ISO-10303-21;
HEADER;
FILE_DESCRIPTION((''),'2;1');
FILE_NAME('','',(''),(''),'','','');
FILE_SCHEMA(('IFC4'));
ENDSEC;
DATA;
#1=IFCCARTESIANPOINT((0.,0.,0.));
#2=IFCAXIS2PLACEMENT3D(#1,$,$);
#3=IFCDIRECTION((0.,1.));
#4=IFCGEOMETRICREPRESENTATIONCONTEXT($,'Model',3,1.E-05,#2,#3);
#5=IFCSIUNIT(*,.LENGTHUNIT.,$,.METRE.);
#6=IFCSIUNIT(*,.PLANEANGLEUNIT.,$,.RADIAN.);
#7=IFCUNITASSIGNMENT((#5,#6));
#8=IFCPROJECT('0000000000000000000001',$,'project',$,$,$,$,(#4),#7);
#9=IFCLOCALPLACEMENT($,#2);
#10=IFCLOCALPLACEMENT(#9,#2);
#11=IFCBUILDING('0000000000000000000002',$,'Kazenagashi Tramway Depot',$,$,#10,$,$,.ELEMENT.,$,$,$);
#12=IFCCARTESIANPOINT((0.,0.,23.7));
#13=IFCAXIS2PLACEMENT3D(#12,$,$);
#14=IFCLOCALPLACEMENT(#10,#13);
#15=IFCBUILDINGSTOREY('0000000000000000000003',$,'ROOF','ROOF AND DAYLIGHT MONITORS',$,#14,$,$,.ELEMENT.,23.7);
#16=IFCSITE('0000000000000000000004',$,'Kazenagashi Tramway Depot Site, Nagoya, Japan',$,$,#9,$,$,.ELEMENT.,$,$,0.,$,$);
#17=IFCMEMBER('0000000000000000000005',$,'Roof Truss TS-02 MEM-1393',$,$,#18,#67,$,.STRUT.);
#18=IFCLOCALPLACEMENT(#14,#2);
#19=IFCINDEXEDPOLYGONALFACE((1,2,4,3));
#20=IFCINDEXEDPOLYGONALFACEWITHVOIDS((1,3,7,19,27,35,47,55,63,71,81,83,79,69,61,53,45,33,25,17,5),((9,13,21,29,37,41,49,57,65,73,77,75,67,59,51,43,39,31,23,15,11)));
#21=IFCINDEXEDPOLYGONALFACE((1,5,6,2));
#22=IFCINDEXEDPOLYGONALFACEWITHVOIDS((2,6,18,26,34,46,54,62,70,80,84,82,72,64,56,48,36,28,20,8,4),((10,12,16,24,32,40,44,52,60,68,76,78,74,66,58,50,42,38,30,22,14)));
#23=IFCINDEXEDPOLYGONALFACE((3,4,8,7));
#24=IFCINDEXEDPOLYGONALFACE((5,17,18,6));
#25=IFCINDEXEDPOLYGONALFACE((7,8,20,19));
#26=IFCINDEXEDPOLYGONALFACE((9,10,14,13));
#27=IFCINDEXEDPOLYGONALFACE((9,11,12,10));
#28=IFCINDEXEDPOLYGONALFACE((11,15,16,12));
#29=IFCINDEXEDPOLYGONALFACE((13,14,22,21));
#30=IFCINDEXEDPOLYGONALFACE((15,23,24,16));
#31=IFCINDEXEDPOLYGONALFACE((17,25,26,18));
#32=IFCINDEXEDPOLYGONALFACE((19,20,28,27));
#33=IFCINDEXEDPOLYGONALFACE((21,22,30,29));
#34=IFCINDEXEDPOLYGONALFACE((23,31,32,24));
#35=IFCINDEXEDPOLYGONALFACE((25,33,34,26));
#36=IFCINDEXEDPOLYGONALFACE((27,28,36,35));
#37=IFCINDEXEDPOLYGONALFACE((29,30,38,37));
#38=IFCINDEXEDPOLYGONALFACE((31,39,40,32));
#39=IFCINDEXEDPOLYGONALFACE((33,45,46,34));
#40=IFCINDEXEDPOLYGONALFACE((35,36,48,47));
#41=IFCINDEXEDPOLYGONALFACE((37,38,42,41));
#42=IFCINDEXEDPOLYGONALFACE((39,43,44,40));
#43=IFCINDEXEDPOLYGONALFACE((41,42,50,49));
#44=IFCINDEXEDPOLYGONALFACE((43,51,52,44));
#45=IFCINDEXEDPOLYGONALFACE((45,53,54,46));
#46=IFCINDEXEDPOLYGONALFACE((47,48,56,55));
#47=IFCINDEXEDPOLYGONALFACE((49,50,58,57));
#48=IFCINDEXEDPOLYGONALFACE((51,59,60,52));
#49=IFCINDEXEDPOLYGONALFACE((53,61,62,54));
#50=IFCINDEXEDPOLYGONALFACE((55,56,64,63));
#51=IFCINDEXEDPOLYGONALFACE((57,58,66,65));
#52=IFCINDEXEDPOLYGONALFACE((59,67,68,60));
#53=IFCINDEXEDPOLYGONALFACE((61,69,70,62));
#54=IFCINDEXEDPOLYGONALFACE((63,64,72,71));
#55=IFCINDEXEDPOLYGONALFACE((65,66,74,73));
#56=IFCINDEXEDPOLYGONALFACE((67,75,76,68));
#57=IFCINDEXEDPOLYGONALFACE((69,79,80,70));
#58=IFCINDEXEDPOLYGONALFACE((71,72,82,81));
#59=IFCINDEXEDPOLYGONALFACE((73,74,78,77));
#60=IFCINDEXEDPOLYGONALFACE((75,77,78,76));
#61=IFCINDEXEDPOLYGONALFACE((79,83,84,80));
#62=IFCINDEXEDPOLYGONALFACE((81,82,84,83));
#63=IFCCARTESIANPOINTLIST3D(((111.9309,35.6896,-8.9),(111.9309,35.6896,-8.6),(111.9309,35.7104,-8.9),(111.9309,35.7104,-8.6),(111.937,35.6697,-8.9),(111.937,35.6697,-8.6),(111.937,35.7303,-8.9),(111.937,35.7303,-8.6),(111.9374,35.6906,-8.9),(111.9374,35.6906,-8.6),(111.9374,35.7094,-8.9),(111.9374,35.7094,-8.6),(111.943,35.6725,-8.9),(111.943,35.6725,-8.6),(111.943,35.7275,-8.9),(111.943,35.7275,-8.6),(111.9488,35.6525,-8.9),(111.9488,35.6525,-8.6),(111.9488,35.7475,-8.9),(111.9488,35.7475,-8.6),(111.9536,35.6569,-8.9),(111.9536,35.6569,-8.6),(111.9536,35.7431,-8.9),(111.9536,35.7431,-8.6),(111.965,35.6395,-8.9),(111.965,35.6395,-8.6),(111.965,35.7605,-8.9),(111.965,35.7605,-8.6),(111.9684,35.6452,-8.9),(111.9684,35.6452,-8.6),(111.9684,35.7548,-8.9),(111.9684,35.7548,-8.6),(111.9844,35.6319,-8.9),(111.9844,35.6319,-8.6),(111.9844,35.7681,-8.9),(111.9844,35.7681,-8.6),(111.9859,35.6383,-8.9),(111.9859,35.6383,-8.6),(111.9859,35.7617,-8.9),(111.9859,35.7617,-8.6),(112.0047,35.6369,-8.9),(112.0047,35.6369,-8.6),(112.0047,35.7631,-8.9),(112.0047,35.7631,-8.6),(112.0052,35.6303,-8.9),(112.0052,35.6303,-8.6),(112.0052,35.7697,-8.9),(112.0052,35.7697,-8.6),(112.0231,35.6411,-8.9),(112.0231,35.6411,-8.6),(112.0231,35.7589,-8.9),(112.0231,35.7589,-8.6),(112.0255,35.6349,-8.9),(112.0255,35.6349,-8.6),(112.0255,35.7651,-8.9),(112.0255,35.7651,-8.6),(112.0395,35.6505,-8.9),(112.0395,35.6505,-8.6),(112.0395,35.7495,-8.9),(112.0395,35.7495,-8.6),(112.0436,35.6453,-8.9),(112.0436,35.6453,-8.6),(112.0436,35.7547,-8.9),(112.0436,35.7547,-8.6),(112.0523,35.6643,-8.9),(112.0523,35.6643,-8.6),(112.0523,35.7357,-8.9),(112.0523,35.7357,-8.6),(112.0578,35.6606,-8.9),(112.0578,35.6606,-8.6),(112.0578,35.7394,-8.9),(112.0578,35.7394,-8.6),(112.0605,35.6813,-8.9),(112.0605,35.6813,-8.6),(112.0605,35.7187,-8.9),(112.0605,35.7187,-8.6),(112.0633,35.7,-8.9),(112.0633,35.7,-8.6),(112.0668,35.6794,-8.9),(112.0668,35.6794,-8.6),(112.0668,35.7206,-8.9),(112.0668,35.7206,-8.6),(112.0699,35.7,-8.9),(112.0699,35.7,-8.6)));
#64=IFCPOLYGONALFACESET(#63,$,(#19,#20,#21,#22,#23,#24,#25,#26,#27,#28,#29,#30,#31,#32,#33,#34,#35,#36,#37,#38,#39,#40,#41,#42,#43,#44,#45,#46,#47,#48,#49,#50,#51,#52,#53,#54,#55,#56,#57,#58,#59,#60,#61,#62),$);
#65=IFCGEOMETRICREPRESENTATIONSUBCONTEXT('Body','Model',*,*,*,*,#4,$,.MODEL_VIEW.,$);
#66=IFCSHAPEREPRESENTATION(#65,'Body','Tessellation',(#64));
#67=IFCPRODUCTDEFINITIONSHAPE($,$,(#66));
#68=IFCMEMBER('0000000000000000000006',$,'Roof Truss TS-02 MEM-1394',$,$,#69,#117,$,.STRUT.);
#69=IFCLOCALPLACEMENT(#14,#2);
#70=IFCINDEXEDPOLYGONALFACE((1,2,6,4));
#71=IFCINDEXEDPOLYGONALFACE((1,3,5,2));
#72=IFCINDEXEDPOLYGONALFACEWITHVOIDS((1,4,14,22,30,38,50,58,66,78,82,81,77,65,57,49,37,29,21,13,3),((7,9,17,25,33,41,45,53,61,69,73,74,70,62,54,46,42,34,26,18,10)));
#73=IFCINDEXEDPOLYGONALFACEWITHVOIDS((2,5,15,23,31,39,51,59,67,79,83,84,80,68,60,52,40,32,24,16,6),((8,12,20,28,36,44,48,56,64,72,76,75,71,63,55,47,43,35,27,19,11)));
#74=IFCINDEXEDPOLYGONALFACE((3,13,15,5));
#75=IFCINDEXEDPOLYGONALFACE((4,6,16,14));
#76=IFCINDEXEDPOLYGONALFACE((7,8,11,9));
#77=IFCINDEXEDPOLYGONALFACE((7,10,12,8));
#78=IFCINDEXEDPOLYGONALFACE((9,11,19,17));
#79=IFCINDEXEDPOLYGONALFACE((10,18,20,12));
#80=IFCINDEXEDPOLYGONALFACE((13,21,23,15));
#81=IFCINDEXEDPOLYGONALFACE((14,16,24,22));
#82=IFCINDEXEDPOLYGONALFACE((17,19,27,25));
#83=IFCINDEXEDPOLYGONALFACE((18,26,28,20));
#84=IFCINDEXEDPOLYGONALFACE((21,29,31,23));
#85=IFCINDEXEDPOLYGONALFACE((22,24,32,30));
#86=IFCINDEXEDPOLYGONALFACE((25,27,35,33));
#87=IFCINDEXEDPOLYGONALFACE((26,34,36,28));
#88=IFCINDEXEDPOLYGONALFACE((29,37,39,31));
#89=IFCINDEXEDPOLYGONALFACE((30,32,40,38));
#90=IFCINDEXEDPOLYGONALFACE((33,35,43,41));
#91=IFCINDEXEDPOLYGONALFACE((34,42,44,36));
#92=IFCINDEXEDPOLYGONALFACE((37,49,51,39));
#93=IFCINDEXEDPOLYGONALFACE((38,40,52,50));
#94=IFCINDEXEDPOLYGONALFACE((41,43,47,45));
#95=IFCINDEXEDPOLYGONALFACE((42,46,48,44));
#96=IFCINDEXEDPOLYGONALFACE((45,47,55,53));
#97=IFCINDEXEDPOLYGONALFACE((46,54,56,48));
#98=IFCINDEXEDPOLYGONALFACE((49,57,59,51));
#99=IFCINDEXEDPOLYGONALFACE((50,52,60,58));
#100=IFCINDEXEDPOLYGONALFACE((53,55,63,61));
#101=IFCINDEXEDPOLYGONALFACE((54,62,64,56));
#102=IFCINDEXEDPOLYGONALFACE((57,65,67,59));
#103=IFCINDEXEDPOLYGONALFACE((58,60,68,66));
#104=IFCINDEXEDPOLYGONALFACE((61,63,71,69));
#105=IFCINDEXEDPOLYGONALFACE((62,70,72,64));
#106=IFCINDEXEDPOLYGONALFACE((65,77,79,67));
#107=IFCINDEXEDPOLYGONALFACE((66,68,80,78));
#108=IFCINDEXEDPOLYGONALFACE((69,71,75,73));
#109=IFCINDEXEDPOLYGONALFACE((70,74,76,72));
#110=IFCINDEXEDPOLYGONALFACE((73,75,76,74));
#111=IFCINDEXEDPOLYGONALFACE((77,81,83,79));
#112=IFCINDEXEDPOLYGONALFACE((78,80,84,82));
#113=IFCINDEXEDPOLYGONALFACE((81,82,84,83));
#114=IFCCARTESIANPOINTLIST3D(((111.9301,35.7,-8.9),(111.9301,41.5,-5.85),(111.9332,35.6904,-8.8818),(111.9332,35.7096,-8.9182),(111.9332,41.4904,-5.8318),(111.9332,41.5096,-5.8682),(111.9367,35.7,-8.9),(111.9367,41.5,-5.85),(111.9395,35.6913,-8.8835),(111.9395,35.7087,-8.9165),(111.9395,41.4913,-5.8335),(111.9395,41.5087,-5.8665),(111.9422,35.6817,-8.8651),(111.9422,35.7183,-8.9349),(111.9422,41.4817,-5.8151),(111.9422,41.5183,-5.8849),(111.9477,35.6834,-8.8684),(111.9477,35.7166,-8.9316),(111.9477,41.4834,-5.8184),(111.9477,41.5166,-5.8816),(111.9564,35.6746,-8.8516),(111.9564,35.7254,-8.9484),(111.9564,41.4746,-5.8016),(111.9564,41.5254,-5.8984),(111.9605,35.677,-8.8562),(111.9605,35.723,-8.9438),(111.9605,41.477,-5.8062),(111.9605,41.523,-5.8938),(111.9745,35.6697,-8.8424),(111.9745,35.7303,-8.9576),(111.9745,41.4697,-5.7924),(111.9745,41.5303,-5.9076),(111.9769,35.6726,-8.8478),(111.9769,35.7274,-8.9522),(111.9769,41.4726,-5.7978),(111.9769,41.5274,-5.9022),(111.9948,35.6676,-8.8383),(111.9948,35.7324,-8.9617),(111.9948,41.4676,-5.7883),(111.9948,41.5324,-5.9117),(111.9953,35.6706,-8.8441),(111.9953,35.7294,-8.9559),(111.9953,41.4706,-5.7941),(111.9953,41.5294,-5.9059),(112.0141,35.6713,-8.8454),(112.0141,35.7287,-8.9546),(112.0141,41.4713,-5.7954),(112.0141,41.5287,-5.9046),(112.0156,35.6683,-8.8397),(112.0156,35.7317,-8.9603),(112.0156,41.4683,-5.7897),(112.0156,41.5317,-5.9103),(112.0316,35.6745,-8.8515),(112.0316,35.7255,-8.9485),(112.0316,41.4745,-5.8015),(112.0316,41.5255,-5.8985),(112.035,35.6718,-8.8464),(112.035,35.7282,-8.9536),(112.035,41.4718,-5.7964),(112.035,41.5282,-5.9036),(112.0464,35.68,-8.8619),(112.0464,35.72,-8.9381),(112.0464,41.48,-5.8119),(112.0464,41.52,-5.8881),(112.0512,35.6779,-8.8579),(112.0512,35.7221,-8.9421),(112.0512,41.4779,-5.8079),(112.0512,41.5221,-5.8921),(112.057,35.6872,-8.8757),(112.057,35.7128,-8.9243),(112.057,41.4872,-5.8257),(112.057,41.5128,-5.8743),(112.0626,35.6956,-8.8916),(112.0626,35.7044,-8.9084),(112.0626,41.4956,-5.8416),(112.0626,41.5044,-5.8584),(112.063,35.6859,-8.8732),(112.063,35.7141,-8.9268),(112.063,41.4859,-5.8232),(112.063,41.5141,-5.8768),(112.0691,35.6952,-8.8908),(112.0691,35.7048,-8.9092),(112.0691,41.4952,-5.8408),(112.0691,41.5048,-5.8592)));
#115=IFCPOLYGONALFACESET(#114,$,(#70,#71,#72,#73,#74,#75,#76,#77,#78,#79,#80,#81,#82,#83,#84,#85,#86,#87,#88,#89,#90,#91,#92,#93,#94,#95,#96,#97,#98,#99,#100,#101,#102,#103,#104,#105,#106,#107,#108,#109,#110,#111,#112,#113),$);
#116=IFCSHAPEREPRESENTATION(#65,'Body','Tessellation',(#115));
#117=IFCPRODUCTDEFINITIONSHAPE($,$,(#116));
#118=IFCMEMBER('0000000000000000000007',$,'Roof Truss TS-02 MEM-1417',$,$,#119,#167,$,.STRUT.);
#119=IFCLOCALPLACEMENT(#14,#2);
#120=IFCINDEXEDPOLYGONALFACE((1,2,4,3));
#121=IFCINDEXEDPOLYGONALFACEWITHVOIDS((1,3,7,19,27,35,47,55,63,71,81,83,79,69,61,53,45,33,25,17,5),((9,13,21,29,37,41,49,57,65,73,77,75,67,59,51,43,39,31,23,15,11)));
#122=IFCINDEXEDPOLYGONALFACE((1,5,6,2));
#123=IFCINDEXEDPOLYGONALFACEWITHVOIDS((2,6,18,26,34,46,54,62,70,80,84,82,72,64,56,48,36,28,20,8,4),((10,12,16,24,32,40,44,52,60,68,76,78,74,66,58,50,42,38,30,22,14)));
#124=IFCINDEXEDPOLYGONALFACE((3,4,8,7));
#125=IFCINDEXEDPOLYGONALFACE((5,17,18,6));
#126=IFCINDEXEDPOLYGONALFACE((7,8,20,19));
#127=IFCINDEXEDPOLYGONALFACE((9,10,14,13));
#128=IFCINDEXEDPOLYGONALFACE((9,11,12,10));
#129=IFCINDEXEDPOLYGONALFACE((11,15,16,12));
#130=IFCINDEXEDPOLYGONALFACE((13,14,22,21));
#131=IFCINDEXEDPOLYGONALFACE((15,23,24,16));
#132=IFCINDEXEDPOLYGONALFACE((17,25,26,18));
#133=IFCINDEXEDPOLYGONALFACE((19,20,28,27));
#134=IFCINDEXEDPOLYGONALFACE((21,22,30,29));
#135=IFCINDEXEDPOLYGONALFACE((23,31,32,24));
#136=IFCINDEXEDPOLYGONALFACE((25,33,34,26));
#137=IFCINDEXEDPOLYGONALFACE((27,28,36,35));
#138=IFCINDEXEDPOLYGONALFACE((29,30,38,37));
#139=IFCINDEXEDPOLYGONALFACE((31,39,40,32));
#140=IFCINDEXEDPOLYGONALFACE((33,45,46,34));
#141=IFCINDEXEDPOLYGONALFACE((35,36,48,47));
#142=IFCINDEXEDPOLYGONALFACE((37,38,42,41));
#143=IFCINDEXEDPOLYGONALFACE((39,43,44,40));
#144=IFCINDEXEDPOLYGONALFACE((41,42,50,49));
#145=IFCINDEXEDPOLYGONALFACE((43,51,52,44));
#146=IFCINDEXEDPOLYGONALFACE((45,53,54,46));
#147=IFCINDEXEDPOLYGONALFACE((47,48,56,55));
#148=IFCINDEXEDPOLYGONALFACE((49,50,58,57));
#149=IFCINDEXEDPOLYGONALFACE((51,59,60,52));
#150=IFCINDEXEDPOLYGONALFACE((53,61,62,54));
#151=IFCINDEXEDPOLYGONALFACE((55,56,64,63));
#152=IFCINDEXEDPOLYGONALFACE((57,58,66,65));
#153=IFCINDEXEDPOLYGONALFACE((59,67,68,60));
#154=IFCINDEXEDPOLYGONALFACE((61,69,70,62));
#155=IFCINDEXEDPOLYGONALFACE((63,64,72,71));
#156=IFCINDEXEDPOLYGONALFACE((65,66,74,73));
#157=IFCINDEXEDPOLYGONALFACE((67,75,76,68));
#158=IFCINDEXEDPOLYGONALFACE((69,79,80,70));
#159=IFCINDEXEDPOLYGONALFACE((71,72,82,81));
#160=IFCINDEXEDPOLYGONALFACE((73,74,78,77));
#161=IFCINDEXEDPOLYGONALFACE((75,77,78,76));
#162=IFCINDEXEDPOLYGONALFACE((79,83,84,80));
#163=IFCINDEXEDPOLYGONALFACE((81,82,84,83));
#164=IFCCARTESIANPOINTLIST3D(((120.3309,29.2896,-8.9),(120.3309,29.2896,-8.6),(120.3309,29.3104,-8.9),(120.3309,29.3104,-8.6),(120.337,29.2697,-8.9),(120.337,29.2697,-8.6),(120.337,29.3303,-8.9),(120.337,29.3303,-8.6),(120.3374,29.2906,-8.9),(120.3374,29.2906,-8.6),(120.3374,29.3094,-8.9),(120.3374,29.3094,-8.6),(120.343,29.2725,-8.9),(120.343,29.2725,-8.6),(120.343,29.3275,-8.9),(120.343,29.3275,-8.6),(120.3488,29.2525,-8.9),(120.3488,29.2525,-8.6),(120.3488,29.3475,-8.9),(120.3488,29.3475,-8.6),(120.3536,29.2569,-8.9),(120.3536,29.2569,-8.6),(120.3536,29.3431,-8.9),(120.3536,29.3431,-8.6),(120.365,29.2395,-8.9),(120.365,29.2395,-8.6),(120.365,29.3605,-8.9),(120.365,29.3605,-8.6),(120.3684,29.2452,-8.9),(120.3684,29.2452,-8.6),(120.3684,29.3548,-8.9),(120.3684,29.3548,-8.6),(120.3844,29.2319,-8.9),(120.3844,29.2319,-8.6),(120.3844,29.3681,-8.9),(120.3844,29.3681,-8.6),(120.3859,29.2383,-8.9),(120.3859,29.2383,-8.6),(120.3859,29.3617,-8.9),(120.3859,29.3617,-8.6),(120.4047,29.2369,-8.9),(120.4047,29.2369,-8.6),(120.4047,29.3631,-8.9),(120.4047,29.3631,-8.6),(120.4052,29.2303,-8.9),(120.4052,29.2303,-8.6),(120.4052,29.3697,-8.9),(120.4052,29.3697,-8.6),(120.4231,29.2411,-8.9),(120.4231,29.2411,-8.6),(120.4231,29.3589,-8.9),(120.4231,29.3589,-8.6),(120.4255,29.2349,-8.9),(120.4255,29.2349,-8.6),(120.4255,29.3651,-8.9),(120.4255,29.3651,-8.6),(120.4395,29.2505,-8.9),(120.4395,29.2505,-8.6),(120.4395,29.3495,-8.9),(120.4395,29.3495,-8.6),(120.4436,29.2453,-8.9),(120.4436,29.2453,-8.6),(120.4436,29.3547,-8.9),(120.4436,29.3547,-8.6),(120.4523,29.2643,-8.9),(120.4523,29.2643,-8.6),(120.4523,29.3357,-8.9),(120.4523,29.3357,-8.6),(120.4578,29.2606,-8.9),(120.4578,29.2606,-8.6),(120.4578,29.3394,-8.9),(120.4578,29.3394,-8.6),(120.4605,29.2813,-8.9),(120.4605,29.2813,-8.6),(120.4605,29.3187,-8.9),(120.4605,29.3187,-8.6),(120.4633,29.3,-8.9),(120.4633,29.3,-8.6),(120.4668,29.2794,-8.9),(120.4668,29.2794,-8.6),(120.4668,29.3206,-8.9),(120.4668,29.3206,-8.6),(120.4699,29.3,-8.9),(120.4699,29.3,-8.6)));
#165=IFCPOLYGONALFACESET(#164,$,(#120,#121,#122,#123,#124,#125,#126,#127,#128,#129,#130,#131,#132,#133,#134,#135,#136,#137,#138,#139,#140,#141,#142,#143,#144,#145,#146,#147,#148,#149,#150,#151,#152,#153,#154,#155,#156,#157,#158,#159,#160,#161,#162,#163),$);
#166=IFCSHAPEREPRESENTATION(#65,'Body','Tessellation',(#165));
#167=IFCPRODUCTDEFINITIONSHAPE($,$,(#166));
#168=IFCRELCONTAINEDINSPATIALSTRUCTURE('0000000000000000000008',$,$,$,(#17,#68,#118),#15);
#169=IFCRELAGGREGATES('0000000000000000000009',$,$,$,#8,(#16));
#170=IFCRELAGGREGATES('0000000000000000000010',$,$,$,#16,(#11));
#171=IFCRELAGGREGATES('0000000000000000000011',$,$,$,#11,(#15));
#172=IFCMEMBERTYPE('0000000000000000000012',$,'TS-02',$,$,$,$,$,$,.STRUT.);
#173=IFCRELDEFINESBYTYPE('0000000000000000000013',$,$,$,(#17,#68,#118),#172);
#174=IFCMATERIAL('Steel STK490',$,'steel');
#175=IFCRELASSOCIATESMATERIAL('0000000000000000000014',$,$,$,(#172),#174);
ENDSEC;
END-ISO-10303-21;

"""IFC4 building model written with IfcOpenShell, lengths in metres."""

from ifc_helpers import new_model, si_unit, direction, frame, origin, origin_2d, place, context, subcontext, project, spatial, hollow_circle, extrude, material, material_profile, profile_set, type_object, element, save


model = new_model("IFC4")

# Units and contexts
model_context = context("Model", 3, precision=1e-05, world=origin(), true_north=direction((0.0, 1.0)))
body_context = subcontext(model_context, "Body", "Model", "MODEL_VIEW")
ifc_project = project(units=[si_unit("LENGTHUNIT", "METRE"), si_unit("PLANEANGLEUNIT", "RADIAN")], contexts=[model_context])

# Site, building, storey
site_placement = place(None, origin())
site = spatial("IfcSite", under=ifc_project, at=site_placement, Name="Kazenagashi Tramway Depot Site, Nagoya, Japan", CompositionType="ELEMENT", RefElevation=0.0)
building_placement = place(site_placement, origin())
building = spatial("IfcBuilding", under=site, at=building_placement, Name="Kazenagashi Tramway Depot", CompositionType="ELEMENT")
storey_placement = place(building_placement, frame((0.0, 0.0, 23.7)))
storey = spatial("IfcBuildingStorey", under=building, at=storey_placement, Name="ROOF", Description="ROOF AND DAYLIGHT MONITORS", CompositionType="ELEMENT", Elevation=23.7)

# Members
ifc_material_1 = material(Name="Steel STK490", Category="steel")
ifc_material_profile_1 = material_profile(ifc_material_1, hollow_circle(Radius=0.0699, WallThickness=0.0066, at=origin_2d()), Name="CHS-139.8x6.6")
ifc_profile_set_1 = profile_set([ifc_material_profile_1], Name="Steel STK490")
member_type_1 = type_object("IfcMemberType", Name="TS-02", PredefinedType="STRUT", material=ifc_profile_set_1)
member_1_placement = place(storey_placement, frame((112.0, 35.7, -8.9), z_axis=(0.0, 0.0, 1.0), x_axis=(1.0, 0.0, 0.0)))
element("IfcMember", 1, at=member_1_placement, inside=storey, type_object=member_type_1, Name="Roof Truss TS-02 MEM-1393", PredefinedType="STRUT", context=body_context, shape_type="SweptSolid", body=[
    extrude(hollow_circle(Radius=0.0699, WallThickness=0.0066, at=origin_2d()), origin(), (0.0, 0.0, 1.0), 0.3),
])
member_2_placement = place(storey_placement, frame((112.0, 35.7, -8.9), z_axis=(0.0, 0.885084, 0.465432), x_axis=(-1.0, 0.0, 0.0)))
element("IfcMember", 2, at=member_2_placement, inside=storey, type_object=member_type_1, Name="Roof Truss TS-02 MEM-1394", PredefinedType="STRUT", context=body_context, shape_type="SweptSolid", body=[
    extrude(hollow_circle(Radius=0.0699, WallThickness=0.0066, at=origin_2d()), origin(), (0.0, 0.0, 1.0), 6.5531),
])
member_3_placement = place(storey_placement, frame((120.4, 29.3, -8.9), z_axis=(0.0, 0.0, 1.0), x_axis=(1.0, 0.0, 0.0)))
element("IfcMember", 3, at=member_3_placement, inside=storey, type_object=member_type_1, Name="Roof Truss TS-02 MEM-1417", PredefinedType="STRUT", context=body_context, shape_type="SweptSolid", body=[
    extrude(hollow_circle(Radius=0.0699, WallThickness=0.0066, at=origin_2d()), origin(), (0.0, 0.0, 1.0), 0.3),
])

save(model, "model.ifc")
